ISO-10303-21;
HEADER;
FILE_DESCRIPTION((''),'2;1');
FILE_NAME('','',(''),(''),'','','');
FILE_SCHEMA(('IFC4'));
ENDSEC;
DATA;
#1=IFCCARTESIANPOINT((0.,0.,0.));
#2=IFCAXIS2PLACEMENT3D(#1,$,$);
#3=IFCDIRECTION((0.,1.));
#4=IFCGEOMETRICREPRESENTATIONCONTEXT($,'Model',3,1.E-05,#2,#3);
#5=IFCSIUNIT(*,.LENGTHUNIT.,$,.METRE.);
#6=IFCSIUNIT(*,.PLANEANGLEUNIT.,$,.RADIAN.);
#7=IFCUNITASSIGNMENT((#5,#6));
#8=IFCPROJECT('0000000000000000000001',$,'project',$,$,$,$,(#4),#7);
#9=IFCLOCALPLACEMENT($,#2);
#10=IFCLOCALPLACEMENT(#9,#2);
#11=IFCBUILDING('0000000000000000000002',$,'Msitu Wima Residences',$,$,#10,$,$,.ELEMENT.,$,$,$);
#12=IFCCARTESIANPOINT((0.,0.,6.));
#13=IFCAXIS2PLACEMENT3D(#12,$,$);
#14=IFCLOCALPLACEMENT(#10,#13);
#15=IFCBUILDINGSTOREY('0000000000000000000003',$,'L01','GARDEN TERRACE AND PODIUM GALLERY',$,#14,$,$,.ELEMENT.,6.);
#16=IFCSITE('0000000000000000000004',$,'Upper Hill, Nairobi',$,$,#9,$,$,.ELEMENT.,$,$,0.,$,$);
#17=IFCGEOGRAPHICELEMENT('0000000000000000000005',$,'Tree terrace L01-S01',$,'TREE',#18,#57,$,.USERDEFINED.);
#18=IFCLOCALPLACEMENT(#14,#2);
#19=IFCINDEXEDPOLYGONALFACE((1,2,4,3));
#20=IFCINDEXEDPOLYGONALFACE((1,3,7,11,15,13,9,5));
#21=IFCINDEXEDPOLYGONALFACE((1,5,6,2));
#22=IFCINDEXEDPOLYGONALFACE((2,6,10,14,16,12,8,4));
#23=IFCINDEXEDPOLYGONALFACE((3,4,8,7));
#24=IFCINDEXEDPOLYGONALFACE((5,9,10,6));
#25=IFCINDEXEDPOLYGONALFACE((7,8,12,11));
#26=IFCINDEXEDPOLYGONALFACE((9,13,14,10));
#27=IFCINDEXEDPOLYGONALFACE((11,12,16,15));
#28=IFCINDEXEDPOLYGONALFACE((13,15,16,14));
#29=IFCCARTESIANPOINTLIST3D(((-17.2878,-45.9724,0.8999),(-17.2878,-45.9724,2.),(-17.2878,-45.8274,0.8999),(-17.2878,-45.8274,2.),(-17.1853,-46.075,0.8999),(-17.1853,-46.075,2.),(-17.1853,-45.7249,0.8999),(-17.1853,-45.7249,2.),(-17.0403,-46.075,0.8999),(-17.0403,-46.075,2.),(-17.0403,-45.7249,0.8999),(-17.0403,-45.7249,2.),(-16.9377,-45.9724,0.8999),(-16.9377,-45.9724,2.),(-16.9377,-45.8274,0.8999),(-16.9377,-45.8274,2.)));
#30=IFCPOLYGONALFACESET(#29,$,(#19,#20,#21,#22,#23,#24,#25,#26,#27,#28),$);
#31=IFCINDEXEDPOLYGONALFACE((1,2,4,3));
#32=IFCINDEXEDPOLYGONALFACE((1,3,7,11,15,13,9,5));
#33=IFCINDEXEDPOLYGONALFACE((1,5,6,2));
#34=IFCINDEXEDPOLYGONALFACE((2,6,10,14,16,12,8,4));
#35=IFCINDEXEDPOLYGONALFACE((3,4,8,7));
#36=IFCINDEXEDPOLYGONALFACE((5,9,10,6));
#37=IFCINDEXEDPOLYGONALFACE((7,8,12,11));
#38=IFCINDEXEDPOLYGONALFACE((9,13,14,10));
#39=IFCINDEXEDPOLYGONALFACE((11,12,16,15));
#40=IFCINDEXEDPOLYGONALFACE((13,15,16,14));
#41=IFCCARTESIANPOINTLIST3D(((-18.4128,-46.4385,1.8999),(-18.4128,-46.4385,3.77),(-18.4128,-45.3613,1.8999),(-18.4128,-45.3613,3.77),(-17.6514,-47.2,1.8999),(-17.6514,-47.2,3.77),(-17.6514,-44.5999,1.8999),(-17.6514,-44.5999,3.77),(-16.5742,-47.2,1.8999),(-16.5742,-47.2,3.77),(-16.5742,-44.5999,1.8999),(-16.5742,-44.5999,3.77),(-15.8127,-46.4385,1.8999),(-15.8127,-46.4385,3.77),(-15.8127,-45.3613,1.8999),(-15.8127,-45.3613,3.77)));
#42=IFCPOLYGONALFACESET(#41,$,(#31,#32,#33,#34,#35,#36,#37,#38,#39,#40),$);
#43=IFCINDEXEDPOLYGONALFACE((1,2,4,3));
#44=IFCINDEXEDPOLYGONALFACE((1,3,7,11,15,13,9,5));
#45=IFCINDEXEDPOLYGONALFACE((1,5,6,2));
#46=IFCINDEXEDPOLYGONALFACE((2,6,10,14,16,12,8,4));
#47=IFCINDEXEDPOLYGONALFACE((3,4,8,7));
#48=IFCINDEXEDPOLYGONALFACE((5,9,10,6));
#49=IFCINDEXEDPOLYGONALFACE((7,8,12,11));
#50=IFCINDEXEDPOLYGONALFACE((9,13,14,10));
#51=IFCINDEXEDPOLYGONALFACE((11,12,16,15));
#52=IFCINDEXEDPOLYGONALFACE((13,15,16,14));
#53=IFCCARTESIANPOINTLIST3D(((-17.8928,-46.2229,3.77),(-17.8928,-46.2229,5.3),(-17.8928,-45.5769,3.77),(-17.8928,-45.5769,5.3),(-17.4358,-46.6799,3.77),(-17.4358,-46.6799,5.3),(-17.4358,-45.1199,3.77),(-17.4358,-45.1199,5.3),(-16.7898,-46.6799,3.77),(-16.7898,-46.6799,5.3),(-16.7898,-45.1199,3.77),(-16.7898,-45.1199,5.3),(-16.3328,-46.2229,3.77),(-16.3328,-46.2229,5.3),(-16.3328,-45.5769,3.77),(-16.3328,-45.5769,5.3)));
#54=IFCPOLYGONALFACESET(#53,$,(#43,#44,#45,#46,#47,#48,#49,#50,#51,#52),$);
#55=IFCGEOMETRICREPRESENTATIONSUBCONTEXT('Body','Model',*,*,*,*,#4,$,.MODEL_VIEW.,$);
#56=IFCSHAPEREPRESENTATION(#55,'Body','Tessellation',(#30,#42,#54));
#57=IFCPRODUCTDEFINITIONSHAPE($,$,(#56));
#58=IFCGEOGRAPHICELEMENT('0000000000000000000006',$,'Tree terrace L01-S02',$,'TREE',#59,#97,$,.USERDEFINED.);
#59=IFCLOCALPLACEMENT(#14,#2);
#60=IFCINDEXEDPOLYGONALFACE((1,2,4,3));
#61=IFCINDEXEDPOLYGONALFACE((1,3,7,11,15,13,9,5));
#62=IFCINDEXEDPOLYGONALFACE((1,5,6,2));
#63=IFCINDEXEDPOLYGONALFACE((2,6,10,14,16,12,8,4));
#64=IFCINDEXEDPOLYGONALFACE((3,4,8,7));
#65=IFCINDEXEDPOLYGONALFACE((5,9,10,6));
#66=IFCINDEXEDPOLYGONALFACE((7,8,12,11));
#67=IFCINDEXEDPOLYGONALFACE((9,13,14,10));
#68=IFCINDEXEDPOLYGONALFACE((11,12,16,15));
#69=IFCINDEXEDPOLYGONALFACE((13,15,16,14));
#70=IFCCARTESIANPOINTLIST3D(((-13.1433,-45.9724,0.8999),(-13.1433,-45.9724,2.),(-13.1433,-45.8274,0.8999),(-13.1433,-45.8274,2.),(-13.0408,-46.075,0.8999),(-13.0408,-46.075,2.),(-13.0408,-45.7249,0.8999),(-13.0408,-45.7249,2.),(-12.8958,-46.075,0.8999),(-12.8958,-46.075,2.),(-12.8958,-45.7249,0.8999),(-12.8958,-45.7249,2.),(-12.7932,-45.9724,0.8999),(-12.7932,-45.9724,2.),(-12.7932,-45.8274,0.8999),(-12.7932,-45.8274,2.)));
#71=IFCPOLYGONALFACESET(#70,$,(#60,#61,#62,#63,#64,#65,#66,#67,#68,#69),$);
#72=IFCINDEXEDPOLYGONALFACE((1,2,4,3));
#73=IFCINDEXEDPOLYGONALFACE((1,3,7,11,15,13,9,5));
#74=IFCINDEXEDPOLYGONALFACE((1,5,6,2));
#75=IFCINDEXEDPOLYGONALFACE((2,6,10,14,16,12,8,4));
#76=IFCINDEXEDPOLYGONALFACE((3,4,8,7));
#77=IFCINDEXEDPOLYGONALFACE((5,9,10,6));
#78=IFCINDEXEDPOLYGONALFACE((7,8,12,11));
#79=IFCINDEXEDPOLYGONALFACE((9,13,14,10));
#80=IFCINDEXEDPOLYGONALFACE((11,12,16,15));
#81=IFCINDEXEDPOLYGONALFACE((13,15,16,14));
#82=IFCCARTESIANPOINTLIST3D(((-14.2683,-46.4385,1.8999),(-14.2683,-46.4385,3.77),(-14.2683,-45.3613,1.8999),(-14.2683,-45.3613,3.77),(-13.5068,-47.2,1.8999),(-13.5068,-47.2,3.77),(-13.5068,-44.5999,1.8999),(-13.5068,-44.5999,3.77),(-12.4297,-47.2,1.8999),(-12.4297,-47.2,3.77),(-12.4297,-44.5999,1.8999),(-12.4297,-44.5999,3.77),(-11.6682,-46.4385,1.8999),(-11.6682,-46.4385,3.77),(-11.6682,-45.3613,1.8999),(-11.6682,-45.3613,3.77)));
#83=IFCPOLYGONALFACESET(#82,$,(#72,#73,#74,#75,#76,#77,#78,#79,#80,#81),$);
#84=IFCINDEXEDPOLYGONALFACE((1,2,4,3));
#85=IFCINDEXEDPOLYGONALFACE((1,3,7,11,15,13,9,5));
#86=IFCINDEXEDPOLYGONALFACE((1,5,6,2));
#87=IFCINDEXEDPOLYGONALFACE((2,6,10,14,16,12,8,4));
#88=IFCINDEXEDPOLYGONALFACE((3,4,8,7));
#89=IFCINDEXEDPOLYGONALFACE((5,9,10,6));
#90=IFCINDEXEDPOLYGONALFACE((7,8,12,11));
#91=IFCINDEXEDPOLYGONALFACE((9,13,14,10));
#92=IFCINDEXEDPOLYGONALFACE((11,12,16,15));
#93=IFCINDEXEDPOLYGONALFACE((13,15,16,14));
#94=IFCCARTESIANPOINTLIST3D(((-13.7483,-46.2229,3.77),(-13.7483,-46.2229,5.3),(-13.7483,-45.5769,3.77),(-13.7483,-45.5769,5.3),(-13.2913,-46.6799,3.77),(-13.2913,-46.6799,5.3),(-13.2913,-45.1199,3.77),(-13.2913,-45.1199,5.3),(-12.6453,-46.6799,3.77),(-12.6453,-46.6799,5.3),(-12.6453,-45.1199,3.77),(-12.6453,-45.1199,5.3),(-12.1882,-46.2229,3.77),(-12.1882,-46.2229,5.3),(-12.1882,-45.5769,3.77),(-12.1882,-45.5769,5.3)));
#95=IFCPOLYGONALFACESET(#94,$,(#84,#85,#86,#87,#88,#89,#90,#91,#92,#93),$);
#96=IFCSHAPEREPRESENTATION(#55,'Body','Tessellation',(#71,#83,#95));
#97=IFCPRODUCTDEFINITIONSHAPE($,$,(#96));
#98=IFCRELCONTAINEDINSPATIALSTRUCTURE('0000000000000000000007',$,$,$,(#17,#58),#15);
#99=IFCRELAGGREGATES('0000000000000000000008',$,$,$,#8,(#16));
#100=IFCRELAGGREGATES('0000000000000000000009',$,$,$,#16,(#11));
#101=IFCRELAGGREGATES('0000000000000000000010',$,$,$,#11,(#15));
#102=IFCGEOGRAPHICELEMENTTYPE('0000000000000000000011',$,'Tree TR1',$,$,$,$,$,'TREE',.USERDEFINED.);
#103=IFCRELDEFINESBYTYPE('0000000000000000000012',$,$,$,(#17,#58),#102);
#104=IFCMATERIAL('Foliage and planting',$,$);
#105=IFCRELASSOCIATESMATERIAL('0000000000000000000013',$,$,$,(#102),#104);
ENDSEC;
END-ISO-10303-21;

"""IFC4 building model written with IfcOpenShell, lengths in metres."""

from ifc_helpers import new_model, si_unit, direction, frame, origin, place, context, subcontext, project, spatial, polyline, outline, extrude, material, type_object, element, save


model = new_model("IFC4")

# Units and contexts
model_context = context("Model", 3, precision=1e-05, world=origin(), true_north=direction((0.0, 1.0)))
body_context = subcontext(model_context, "Body", "Model", "MODEL_VIEW")
ifc_project = project(units=[si_unit("LENGTHUNIT", "METRE"), si_unit("PLANEANGLEUNIT", "RADIAN")], contexts=[model_context])

# Site, building, storey
site_placement = place(None, origin())
site = spatial("IfcSite", under=ifc_project, at=site_placement, Name="Upper Hill, Nairobi", CompositionType="ELEMENT", RefElevation=0.0)
building_placement = place(site_placement, origin())
building = spatial("IfcBuilding", under=site, at=building_placement, Name="Msitu Wima Residences", CompositionType="ELEMENT")
storey_placement = place(building_placement, frame((0.0, 0.0, 6.0)))
storey = spatial("IfcBuildingStorey", under=building, at=storey_placement, Name="L01", Description="GARDEN TERRACE AND PODIUM GALLERY", CompositionType="ELEMENT", Elevation=6.0)

# Geographic elements
ifc_material_1 = material(Name="Foliage and planting")
geographic_element_type = type_object("IfcGeographicElementType", Name="Tree TR1", ElementType="TREE", PredefinedType="USERDEFINED", material=ifc_material_1)
for number, where, z_axis, x_axis, name in (
    (1, (-17.1128, -45.8999, 0.8999), (0.0, 0.0, 1.0), (1.0, 0.0, 0.0), "Tree terrace L01-S01"),
    (2, (-12.9683, -45.8999, 0.8999), (0.0, 0.0, 1.0), (1.0, 0.0, 0.0), "Tree terrace L01-S02"),
):
    element("IfcGeographicElement", number, at=place(storey_placement, frame(where, z_axis=z_axis, x_axis=x_axis)), inside=storey, type_object=geographic_element_type, Name=name, ObjectType="TREE", PredefinedType="USERDEFINED", context=body_context, shape_type="SweptSolid", body=[
        extrude(outline(polyline([(0.175, 0.0725), (0.0725, 0.175), (-0.0725, 0.175), (-0.175, 0.0725), (-0.175, -0.0725), (-0.0725, -0.175), (0.0725, -0.175), (0.175, -0.0725), (0.175, 0.0725)])), origin(), (0.0, 0.0, 1.0), 1.1001),
        extrude(outline(polyline([(1.3, 0.5386), (0.5386, 1.3), (-0.5386, 1.3), (-1.3, 0.5386), (-1.3, -0.5386), (-0.5386, -1.3), (0.5386, -1.3), (1.3, -0.5386), (1.3, 0.5386)])), frame((0.0, 0.0, 1.0)), (0.0, 0.0, 1.0), 1.8701),
        extrude(outline(polyline([(0.78, 0.323), (0.323, 0.78), (-0.323, 0.78), (-0.78, 0.323), (-0.78, -0.323), (-0.323, -0.78), (0.323, -0.78), (0.78, -0.323), (0.78, 0.323)])), frame((0.0, 0.0, 2.8701)), (0.0, 0.0, 1.0), 1.53),
    ])

save(model, "model.ifc")
